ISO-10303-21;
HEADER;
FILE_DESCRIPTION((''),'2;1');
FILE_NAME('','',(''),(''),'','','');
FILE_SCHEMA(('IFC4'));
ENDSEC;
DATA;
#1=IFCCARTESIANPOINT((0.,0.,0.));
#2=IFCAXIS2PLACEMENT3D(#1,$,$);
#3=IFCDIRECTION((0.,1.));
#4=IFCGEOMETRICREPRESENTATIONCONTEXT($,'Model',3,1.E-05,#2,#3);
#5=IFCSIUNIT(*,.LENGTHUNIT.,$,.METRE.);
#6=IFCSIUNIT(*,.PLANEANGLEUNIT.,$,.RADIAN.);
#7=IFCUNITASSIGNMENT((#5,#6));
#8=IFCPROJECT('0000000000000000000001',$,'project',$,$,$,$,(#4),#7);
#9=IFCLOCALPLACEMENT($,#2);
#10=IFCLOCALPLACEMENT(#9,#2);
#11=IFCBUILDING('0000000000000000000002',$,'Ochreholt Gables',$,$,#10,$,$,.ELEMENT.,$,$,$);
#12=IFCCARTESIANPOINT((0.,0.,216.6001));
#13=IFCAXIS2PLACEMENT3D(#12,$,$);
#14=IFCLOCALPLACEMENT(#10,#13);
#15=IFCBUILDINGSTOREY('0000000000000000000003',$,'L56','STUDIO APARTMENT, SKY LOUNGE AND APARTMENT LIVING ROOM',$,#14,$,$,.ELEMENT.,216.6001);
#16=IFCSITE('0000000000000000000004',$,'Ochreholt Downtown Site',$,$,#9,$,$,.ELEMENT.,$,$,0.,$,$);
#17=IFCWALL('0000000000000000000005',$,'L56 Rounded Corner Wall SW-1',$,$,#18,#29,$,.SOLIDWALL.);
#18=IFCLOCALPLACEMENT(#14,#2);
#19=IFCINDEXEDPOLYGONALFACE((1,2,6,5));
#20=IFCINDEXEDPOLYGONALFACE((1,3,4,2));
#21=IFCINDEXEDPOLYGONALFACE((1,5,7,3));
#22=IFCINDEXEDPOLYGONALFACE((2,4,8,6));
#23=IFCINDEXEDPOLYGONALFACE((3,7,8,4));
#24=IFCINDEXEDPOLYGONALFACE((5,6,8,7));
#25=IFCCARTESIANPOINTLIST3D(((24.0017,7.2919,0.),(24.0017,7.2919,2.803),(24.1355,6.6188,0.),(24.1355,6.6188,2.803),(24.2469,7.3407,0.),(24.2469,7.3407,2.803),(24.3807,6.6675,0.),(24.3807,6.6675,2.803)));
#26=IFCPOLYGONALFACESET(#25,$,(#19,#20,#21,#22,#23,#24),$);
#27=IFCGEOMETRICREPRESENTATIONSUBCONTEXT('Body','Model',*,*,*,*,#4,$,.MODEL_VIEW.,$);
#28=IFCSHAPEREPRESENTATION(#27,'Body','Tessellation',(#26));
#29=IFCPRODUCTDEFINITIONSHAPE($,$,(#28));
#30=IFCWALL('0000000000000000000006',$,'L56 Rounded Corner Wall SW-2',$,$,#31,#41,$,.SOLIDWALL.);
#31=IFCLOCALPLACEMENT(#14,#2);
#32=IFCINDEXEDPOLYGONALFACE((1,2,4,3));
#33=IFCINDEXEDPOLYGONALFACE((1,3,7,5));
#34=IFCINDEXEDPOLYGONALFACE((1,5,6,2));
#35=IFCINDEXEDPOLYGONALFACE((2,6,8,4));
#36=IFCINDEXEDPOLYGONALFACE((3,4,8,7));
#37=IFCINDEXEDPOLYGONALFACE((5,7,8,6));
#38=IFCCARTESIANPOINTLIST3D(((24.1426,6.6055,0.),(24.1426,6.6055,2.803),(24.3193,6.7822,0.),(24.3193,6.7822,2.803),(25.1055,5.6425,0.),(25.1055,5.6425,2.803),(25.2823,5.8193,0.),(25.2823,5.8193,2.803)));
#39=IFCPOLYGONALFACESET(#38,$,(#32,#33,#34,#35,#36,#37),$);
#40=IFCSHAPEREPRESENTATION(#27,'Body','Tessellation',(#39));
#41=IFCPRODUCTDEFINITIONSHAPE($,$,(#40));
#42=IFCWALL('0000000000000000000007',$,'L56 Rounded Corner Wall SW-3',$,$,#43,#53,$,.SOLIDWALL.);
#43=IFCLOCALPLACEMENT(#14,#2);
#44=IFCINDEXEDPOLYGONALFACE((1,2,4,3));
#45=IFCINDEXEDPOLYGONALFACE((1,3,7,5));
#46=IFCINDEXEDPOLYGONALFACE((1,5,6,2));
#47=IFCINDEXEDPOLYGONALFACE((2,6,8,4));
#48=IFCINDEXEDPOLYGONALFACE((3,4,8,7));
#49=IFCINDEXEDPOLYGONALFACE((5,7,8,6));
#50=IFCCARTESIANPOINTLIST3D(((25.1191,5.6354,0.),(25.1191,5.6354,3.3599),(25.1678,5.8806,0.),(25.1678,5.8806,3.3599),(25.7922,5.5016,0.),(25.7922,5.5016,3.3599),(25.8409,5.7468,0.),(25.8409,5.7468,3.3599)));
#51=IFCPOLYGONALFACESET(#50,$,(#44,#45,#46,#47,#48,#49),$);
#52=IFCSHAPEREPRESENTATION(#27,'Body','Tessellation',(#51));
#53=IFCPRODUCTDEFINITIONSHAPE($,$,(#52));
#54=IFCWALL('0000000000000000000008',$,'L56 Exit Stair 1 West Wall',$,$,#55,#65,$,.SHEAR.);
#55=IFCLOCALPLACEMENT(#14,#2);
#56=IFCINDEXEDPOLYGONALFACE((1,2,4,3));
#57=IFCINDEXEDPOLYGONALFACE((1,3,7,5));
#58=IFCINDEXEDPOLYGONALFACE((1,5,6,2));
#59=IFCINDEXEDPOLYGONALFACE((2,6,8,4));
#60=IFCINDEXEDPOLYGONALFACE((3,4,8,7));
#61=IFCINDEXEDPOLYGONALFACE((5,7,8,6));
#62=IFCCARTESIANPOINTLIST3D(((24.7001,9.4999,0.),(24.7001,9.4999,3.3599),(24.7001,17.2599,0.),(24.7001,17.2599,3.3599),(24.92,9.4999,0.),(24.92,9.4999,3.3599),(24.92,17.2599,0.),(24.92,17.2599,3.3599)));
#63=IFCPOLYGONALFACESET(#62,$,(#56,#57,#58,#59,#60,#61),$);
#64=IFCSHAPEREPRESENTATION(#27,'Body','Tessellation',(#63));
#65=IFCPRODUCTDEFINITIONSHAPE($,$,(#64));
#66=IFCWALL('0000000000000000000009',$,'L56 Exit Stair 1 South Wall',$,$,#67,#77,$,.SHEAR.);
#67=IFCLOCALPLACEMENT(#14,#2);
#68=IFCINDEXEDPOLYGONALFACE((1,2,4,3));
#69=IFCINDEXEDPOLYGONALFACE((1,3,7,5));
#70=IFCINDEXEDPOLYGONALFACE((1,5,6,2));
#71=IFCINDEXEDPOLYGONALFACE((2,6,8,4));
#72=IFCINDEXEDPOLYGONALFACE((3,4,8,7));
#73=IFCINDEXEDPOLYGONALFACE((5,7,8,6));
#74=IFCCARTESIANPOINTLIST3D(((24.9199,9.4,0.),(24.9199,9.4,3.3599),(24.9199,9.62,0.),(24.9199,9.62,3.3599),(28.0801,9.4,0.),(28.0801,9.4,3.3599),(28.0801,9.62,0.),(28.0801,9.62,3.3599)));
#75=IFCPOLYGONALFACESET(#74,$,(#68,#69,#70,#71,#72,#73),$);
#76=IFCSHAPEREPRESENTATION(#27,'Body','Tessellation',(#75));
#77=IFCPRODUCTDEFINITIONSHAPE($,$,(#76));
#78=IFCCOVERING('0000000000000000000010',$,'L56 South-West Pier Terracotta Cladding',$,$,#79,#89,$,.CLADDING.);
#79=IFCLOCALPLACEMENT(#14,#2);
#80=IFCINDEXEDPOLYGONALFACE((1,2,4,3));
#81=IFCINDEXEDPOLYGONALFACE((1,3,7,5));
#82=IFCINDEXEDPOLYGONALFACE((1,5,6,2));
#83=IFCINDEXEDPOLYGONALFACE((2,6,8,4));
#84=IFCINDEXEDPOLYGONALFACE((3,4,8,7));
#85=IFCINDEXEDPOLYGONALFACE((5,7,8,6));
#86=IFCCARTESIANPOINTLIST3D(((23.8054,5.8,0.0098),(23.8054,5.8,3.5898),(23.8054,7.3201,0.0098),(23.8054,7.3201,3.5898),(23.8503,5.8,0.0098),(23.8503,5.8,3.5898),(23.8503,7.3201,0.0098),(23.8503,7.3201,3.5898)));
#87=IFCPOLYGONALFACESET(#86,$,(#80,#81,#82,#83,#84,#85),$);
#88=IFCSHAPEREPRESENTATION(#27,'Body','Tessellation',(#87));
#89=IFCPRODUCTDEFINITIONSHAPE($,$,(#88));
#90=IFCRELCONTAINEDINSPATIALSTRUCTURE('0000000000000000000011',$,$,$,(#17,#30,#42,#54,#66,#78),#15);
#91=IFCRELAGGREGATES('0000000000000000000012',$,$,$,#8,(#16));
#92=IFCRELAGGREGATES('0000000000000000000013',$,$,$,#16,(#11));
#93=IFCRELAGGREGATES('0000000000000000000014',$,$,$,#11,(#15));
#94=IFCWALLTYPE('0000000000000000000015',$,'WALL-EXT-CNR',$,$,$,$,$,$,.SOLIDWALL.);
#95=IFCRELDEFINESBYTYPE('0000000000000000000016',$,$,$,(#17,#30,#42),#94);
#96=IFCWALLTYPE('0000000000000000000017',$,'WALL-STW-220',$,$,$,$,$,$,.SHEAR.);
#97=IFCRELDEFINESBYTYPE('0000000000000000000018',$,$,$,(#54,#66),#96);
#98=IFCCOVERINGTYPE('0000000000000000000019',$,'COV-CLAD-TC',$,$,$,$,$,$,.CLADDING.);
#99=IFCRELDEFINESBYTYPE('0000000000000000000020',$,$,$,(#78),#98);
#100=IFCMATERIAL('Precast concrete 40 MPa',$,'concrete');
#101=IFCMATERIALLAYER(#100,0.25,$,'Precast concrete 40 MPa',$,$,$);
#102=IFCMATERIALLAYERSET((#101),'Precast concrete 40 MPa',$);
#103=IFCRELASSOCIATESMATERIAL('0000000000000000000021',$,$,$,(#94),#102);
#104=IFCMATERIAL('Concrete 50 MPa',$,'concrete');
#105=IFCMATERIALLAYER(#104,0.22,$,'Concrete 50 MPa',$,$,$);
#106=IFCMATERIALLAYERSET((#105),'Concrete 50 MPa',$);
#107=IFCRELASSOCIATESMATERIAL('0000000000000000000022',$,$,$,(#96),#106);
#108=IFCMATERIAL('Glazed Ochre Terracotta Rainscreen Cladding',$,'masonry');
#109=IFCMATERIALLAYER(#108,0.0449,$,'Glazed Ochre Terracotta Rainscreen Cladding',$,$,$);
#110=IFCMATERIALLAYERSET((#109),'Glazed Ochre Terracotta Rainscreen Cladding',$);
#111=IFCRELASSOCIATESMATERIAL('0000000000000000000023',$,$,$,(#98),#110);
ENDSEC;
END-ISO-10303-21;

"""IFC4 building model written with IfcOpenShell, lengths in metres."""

from ifc_helpers import new_model, si_unit, direction, frame, frame_2d, origin, origin_2d, place, context, subcontext, project, spatial, rectangle, extrude, material, layer, layer_set, type_object, element, save


model = new_model("IFC4")

# Units and contexts
model_context = context("Model", 3, precision=1e-05, world=origin(), true_north=direction((0.0, 1.0)))
body_context = subcontext(model_context, "Body", "Model", "MODEL_VIEW")
ifc_project = project(units=[si_unit("LENGTHUNIT", "METRE"), si_unit("PLANEANGLEUNIT", "RADIAN")], contexts=[model_context])

# Site, building, storey
site_placement = place(None, origin())
site = spatial("IfcSite", under=ifc_project, at=site_placement, Name="Ochreholt Downtown Site", CompositionType="ELEMENT", RefElevation=0.0)
building_placement = place(site_placement, origin())
building = spatial("IfcBuilding", under=site, at=building_placement, Name="Ochreholt Gables", CompositionType="ELEMENT")
storey_placement = place(building_placement, frame((0.0, 0.0, 216.6001)))
storey = spatial("IfcBuildingStorey", under=building, at=storey_placement, Name="L56", Description="STUDIO APARTMENT, SKY LOUNGE AND APARTMENT LIVING ROOM", CompositionType="ELEMENT", Elevation=216.6001)

# Shared definitions
ifc_material_1 = material(Name="Concrete 50 MPa", Category="concrete")

# Shared definitions
ifc_material_2 = material(Name="Precast concrete 40 MPa", Category="concrete")

# Walls
ifc_layer_1 = layer(ifc_material_2, 0.25, Name="Precast concrete 40 MPa")
ifc_layer_set_1 = layer_set([ifc_layer_1], Name="Precast concrete 40 MPa")
wall_type_1 = type_object("IfcWallType", Name="WALL-EXT-CNR", PredefinedType="SOLIDWALL", material=ifc_layer_set_1)
wall_1_placement = place(storey_placement, frame((24.1243, 7.3164, 0.0), z_axis=(0.0, 0.0, 1.0), x_axis=(0.194953, -0.980813, 0.0)))
element("IfcWall", 1, at=wall_1_placement, inside=storey, type_object=wall_type_1, Name="L56 Rounded Corner Wall SW-1", PredefinedType="SOLIDWALL", context=body_context, shape_type="SweptSolid", body=[
    extrude(rectangle(XDim=0.6863, YDim=0.25, at=frame_2d((0.3433, 0.0))), origin(), (0.0, 0.0, 1.0), 2.803),
])
wall_2_placement = place(storey_placement, frame((24.231, 6.6938, 0.0), z_axis=(0.0, 0.0, 1.0), x_axis=(0.707107, -0.707107, 0.0)))
element("IfcWall", 2, at=wall_2_placement, inside=storey, type_object=wall_type_1, Name="L56 Rounded Corner Wall SW-2", PredefinedType="SOLIDWALL", context=body_context, shape_type="SweptSolid", body=[
    extrude(rectangle(XDim=1.3618, YDim=0.25, at=frame_2d((0.6809, 0.0))), origin(), (0.0, 0.0, 1.0), 2.803),
])
wall_3_placement = place(storey_placement, frame((25.1433, 5.7581, 0.0), z_axis=(0.0, 0.0, 1.0), x_axis=(0.980813, -0.194953, 0.0)))
element("IfcWall", 3, at=wall_3_placement, inside=storey, type_object=wall_type_1, Name="L56 Rounded Corner Wall SW-3", PredefinedType="SOLIDWALL", context=body_context, shape_type="SweptSolid", body=[
    extrude(rectangle(XDim=0.6863, YDim=0.25, at=frame_2d((0.3433, 0.0))), origin(), (0.0, 0.0, 1.0), 3.3599),
])
ifc_layer_2 = layer(ifc_material_1, 0.22, Name="Concrete 50 MPa")
ifc_layer_set_2 = layer_set([ifc_layer_2], Name="Concrete 50 MPa")
wall_type_2 = type_object("IfcWallType", Name="WALL-STW-220", PredefinedType="SHEAR", material=ifc_layer_set_2)
wall_4_placement = place(storey_placement, frame((24.8101, 9.5, 0.0), z_axis=(0.0, 0.0, 1.0), x_axis=(0.0, 1.0, 0.0)))
element("IfcWall", 4, at=wall_4_placement, inside=storey, type_object=wall_type_2, Name="L56 Exit Stair 1 West Wall", PredefinedType="SHEAR", context=body_context, shape_type="SweptSolid", body=[
    extrude(rectangle(XDim=7.76, YDim=0.22, at=frame_2d((3.8799, 0.0))), origin(), (0.0, 0.0, 1.0), 3.3599),
])
wall_5_placement = place(storey_placement, frame((24.9199, 9.51, 0.0), z_axis=(0.0, 0.0, 1.0), x_axis=(1.0, 0.0, 0.0)))
element("IfcWall", 5, at=wall_5_placement, inside=storey, type_object=wall_type_2, Name="L56 Exit Stair 1 South Wall", PredefinedType="SHEAR", context=body_context, shape_type="SweptSolid", body=[
    extrude(rectangle(XDim=3.1602, YDim=0.22, at=frame_2d((1.5801, 0.0))), origin(), (0.0, 0.0, 1.0), 3.3599),
])

# Covering
ifc_material_3 = material(Name="Glazed Ochre Terracotta Rainscreen Cladding", Category="masonry")
ifc_layer_3 = layer(ifc_material_3, 0.0449, Name="Glazed Ochre Terracotta Rainscreen Cladding")
ifc_layer_set_3 = layer_set([ifc_layer_3], Name="Glazed Ochre Terracotta Rainscreen Cladding")
covering_type = type_object("IfcCoveringType", Name="COV-CLAD-TC", PredefinedType="CLADDING", material=ifc_layer_set_3)
covering_placement = place(storey_placement, frame((23.8279, 6.5601, 0.0098), z_axis=(0.0, 0.0, 1.0), x_axis=(0.0, 1.0, 0.0)))
element("IfcCovering", 6, at=covering_placement, inside=storey, type_object=covering_type, Name="L56 South-West Pier Terracotta Cladding", PredefinedType="CLADDING", context=body_context, shape_type="SweptSolid", body=[
    extrude(rectangle(XDim=1.52, YDim=0.0449, at=origin_2d()), origin(), (0.0, 0.0, 1.0), 3.5801),
])

save(model, "model.ifc")
